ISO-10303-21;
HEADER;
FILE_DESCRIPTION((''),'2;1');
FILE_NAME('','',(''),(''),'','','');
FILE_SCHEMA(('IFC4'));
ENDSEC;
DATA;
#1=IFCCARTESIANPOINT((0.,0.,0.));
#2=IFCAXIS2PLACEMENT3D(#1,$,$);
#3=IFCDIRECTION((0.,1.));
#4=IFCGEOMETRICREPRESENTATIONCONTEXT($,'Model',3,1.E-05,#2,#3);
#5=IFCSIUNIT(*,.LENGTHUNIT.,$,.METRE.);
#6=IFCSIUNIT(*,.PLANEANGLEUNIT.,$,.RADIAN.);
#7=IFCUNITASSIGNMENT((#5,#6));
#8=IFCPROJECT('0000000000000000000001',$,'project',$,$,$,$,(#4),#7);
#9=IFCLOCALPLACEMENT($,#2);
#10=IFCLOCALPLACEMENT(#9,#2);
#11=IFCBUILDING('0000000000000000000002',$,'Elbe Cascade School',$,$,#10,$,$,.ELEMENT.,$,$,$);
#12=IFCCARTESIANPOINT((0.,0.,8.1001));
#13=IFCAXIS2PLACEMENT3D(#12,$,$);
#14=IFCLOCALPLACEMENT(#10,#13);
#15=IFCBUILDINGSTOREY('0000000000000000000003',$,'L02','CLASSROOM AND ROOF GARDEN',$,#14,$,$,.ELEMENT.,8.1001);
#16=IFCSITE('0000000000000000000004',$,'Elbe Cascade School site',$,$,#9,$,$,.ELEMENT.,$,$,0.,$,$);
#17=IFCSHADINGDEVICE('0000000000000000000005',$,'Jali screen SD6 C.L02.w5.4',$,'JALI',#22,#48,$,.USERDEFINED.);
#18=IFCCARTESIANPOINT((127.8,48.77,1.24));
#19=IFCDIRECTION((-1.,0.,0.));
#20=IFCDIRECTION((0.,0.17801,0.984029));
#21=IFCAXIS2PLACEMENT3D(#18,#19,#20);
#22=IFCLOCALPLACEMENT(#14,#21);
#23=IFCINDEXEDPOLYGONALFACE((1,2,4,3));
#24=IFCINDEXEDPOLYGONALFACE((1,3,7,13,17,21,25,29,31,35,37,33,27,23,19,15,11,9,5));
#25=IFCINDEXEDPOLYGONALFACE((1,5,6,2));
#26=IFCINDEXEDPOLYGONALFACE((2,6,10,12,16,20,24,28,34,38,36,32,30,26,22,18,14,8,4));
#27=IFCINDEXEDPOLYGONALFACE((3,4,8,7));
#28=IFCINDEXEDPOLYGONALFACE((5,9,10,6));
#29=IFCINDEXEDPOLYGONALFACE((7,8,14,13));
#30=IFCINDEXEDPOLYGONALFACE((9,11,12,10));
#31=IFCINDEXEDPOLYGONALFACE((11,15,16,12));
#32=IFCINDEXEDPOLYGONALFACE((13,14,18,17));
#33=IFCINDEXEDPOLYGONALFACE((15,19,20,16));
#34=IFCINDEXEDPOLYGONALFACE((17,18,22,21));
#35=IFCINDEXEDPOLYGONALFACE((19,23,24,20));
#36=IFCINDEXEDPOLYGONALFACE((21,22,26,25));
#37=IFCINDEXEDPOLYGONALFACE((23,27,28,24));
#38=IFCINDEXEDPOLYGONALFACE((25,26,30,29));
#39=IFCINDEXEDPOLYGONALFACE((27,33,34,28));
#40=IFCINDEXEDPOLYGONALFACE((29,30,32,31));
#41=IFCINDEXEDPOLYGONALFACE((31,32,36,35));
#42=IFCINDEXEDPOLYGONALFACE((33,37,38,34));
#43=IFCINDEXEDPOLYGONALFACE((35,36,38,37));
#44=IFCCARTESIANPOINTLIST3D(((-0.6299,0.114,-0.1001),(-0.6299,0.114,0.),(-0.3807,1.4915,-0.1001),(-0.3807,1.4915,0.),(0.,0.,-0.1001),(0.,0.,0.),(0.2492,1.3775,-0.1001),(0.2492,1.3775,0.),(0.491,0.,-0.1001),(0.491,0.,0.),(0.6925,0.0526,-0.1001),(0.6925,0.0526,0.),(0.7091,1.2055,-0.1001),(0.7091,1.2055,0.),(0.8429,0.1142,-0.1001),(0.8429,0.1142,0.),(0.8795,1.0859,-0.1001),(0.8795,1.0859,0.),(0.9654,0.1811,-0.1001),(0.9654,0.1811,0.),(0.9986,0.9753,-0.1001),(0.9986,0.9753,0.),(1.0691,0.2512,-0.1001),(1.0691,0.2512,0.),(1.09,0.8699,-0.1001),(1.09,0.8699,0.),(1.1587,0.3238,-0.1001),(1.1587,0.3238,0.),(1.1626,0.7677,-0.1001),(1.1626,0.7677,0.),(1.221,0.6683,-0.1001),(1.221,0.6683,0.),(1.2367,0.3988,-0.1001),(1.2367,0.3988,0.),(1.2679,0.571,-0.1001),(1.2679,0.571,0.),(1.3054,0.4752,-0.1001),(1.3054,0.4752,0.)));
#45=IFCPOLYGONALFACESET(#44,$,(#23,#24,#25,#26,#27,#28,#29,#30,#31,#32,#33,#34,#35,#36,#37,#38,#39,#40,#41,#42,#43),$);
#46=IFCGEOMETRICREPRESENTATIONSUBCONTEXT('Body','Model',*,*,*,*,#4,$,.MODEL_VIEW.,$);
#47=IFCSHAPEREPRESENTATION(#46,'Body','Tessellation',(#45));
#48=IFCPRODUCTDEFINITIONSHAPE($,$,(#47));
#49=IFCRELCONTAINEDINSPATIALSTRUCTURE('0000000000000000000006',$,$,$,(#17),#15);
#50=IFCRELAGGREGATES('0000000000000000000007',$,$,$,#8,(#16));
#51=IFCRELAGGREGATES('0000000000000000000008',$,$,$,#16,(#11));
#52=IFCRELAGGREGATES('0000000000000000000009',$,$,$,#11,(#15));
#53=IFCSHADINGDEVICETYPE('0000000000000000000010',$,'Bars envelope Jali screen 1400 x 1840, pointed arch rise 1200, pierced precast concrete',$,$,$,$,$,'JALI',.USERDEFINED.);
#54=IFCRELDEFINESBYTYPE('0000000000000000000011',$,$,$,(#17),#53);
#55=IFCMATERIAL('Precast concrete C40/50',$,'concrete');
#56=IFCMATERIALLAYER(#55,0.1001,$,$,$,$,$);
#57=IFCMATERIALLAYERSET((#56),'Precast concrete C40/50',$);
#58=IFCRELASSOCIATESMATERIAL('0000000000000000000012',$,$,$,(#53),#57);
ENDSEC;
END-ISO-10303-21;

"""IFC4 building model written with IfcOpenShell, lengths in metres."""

from ifc_helpers import new_model, si_unit, direction, frame, origin, place, context, subcontext, project, spatial, polyline, outline, extrude, material, layer, layer_set, type_object, element, save


model = new_model("IFC4")

# Units and contexts
model_context = context("Model", 3, precision=1e-05, world=origin(), true_north=direction((0.0, 1.0)))
body_context = subcontext(model_context, "Body", "Model", "MODEL_VIEW")
ifc_project = project(units=[si_unit("LENGTHUNIT", "METRE"), si_unit("PLANEANGLEUNIT", "RADIAN")], contexts=[model_context])

# Site, building, storey
site_placement = place(None, origin())
site = spatial("IfcSite", under=ifc_project, at=site_placement, Name="Elbe Cascade School site", CompositionType="ELEMENT", RefElevation=0.0)
building_placement = place(site_placement, origin())
building = spatial("IfcBuilding", under=site, at=building_placement, Name="Elbe Cascade School", CompositionType="ELEMENT")
storey_placement = place(building_placement, frame((0.0, 0.0, 8.1001)))
storey = spatial("IfcBuildingStorey", under=building, at=storey_placement, Name="L02", Description="CLASSROOM AND ROOF GARDEN", CompositionType="ELEMENT", Elevation=8.1001)

# Shading device
ifc_material_1 = material(Name="Precast concrete C40/50", Category="concrete")
ifc_layer_1 = layer(ifc_material_1, 0.1001)
ifc_layer_set_1 = layer_set([ifc_layer_1], Name="Precast concrete C40/50")
shading_device_type = type_object("IfcShadingDeviceType", Name="Bars envelope Jali screen 1400 x 1840, pointed arch rise 1200, pierced precast concrete", ElementType="JALI", PredefinedType="USERDEFINED", material=ifc_layer_set_1)
shading_device_placement = place(storey_placement, frame((127.8, 48.77, 1.24), z_axis=(-1.0, 0.0, 0.0), x_axis=(0.0, 0.17801, 0.984029)))
element("IfcShadingDevice", 1, at=shading_device_placement, inside=storey, type_object=shading_device_type, Name="Jali screen SD6 C.L02.w5.4", ObjectType="JALI", PredefinedType="USERDEFINED", context=body_context, shape_type="SweptSolid", body=[
    extrude(outline(polyline([(0.0, 0.0), (0.491, 0.0), (0.6925, 0.0526), (0.8429, 0.1142), (0.9654, 0.1811), (1.0691, 0.2512), (1.1587, 0.3238), (1.2367, 0.3988), (1.3054, 0.4752), (1.2679, 0.571), (1.221, 0.6683), (1.1626, 0.7677), (1.09, 0.8699), (0.9986, 0.9753), (0.8795, 1.0859), (0.7091, 1.2055), (0.2492, 1.3775), (-0.3807, 1.4915), (-0.6299, 0.114), (0.0, 0.0)])), origin(), (0.0, 0.0, -1.0), 0.1001),
])

save(model, "model.ifc")
